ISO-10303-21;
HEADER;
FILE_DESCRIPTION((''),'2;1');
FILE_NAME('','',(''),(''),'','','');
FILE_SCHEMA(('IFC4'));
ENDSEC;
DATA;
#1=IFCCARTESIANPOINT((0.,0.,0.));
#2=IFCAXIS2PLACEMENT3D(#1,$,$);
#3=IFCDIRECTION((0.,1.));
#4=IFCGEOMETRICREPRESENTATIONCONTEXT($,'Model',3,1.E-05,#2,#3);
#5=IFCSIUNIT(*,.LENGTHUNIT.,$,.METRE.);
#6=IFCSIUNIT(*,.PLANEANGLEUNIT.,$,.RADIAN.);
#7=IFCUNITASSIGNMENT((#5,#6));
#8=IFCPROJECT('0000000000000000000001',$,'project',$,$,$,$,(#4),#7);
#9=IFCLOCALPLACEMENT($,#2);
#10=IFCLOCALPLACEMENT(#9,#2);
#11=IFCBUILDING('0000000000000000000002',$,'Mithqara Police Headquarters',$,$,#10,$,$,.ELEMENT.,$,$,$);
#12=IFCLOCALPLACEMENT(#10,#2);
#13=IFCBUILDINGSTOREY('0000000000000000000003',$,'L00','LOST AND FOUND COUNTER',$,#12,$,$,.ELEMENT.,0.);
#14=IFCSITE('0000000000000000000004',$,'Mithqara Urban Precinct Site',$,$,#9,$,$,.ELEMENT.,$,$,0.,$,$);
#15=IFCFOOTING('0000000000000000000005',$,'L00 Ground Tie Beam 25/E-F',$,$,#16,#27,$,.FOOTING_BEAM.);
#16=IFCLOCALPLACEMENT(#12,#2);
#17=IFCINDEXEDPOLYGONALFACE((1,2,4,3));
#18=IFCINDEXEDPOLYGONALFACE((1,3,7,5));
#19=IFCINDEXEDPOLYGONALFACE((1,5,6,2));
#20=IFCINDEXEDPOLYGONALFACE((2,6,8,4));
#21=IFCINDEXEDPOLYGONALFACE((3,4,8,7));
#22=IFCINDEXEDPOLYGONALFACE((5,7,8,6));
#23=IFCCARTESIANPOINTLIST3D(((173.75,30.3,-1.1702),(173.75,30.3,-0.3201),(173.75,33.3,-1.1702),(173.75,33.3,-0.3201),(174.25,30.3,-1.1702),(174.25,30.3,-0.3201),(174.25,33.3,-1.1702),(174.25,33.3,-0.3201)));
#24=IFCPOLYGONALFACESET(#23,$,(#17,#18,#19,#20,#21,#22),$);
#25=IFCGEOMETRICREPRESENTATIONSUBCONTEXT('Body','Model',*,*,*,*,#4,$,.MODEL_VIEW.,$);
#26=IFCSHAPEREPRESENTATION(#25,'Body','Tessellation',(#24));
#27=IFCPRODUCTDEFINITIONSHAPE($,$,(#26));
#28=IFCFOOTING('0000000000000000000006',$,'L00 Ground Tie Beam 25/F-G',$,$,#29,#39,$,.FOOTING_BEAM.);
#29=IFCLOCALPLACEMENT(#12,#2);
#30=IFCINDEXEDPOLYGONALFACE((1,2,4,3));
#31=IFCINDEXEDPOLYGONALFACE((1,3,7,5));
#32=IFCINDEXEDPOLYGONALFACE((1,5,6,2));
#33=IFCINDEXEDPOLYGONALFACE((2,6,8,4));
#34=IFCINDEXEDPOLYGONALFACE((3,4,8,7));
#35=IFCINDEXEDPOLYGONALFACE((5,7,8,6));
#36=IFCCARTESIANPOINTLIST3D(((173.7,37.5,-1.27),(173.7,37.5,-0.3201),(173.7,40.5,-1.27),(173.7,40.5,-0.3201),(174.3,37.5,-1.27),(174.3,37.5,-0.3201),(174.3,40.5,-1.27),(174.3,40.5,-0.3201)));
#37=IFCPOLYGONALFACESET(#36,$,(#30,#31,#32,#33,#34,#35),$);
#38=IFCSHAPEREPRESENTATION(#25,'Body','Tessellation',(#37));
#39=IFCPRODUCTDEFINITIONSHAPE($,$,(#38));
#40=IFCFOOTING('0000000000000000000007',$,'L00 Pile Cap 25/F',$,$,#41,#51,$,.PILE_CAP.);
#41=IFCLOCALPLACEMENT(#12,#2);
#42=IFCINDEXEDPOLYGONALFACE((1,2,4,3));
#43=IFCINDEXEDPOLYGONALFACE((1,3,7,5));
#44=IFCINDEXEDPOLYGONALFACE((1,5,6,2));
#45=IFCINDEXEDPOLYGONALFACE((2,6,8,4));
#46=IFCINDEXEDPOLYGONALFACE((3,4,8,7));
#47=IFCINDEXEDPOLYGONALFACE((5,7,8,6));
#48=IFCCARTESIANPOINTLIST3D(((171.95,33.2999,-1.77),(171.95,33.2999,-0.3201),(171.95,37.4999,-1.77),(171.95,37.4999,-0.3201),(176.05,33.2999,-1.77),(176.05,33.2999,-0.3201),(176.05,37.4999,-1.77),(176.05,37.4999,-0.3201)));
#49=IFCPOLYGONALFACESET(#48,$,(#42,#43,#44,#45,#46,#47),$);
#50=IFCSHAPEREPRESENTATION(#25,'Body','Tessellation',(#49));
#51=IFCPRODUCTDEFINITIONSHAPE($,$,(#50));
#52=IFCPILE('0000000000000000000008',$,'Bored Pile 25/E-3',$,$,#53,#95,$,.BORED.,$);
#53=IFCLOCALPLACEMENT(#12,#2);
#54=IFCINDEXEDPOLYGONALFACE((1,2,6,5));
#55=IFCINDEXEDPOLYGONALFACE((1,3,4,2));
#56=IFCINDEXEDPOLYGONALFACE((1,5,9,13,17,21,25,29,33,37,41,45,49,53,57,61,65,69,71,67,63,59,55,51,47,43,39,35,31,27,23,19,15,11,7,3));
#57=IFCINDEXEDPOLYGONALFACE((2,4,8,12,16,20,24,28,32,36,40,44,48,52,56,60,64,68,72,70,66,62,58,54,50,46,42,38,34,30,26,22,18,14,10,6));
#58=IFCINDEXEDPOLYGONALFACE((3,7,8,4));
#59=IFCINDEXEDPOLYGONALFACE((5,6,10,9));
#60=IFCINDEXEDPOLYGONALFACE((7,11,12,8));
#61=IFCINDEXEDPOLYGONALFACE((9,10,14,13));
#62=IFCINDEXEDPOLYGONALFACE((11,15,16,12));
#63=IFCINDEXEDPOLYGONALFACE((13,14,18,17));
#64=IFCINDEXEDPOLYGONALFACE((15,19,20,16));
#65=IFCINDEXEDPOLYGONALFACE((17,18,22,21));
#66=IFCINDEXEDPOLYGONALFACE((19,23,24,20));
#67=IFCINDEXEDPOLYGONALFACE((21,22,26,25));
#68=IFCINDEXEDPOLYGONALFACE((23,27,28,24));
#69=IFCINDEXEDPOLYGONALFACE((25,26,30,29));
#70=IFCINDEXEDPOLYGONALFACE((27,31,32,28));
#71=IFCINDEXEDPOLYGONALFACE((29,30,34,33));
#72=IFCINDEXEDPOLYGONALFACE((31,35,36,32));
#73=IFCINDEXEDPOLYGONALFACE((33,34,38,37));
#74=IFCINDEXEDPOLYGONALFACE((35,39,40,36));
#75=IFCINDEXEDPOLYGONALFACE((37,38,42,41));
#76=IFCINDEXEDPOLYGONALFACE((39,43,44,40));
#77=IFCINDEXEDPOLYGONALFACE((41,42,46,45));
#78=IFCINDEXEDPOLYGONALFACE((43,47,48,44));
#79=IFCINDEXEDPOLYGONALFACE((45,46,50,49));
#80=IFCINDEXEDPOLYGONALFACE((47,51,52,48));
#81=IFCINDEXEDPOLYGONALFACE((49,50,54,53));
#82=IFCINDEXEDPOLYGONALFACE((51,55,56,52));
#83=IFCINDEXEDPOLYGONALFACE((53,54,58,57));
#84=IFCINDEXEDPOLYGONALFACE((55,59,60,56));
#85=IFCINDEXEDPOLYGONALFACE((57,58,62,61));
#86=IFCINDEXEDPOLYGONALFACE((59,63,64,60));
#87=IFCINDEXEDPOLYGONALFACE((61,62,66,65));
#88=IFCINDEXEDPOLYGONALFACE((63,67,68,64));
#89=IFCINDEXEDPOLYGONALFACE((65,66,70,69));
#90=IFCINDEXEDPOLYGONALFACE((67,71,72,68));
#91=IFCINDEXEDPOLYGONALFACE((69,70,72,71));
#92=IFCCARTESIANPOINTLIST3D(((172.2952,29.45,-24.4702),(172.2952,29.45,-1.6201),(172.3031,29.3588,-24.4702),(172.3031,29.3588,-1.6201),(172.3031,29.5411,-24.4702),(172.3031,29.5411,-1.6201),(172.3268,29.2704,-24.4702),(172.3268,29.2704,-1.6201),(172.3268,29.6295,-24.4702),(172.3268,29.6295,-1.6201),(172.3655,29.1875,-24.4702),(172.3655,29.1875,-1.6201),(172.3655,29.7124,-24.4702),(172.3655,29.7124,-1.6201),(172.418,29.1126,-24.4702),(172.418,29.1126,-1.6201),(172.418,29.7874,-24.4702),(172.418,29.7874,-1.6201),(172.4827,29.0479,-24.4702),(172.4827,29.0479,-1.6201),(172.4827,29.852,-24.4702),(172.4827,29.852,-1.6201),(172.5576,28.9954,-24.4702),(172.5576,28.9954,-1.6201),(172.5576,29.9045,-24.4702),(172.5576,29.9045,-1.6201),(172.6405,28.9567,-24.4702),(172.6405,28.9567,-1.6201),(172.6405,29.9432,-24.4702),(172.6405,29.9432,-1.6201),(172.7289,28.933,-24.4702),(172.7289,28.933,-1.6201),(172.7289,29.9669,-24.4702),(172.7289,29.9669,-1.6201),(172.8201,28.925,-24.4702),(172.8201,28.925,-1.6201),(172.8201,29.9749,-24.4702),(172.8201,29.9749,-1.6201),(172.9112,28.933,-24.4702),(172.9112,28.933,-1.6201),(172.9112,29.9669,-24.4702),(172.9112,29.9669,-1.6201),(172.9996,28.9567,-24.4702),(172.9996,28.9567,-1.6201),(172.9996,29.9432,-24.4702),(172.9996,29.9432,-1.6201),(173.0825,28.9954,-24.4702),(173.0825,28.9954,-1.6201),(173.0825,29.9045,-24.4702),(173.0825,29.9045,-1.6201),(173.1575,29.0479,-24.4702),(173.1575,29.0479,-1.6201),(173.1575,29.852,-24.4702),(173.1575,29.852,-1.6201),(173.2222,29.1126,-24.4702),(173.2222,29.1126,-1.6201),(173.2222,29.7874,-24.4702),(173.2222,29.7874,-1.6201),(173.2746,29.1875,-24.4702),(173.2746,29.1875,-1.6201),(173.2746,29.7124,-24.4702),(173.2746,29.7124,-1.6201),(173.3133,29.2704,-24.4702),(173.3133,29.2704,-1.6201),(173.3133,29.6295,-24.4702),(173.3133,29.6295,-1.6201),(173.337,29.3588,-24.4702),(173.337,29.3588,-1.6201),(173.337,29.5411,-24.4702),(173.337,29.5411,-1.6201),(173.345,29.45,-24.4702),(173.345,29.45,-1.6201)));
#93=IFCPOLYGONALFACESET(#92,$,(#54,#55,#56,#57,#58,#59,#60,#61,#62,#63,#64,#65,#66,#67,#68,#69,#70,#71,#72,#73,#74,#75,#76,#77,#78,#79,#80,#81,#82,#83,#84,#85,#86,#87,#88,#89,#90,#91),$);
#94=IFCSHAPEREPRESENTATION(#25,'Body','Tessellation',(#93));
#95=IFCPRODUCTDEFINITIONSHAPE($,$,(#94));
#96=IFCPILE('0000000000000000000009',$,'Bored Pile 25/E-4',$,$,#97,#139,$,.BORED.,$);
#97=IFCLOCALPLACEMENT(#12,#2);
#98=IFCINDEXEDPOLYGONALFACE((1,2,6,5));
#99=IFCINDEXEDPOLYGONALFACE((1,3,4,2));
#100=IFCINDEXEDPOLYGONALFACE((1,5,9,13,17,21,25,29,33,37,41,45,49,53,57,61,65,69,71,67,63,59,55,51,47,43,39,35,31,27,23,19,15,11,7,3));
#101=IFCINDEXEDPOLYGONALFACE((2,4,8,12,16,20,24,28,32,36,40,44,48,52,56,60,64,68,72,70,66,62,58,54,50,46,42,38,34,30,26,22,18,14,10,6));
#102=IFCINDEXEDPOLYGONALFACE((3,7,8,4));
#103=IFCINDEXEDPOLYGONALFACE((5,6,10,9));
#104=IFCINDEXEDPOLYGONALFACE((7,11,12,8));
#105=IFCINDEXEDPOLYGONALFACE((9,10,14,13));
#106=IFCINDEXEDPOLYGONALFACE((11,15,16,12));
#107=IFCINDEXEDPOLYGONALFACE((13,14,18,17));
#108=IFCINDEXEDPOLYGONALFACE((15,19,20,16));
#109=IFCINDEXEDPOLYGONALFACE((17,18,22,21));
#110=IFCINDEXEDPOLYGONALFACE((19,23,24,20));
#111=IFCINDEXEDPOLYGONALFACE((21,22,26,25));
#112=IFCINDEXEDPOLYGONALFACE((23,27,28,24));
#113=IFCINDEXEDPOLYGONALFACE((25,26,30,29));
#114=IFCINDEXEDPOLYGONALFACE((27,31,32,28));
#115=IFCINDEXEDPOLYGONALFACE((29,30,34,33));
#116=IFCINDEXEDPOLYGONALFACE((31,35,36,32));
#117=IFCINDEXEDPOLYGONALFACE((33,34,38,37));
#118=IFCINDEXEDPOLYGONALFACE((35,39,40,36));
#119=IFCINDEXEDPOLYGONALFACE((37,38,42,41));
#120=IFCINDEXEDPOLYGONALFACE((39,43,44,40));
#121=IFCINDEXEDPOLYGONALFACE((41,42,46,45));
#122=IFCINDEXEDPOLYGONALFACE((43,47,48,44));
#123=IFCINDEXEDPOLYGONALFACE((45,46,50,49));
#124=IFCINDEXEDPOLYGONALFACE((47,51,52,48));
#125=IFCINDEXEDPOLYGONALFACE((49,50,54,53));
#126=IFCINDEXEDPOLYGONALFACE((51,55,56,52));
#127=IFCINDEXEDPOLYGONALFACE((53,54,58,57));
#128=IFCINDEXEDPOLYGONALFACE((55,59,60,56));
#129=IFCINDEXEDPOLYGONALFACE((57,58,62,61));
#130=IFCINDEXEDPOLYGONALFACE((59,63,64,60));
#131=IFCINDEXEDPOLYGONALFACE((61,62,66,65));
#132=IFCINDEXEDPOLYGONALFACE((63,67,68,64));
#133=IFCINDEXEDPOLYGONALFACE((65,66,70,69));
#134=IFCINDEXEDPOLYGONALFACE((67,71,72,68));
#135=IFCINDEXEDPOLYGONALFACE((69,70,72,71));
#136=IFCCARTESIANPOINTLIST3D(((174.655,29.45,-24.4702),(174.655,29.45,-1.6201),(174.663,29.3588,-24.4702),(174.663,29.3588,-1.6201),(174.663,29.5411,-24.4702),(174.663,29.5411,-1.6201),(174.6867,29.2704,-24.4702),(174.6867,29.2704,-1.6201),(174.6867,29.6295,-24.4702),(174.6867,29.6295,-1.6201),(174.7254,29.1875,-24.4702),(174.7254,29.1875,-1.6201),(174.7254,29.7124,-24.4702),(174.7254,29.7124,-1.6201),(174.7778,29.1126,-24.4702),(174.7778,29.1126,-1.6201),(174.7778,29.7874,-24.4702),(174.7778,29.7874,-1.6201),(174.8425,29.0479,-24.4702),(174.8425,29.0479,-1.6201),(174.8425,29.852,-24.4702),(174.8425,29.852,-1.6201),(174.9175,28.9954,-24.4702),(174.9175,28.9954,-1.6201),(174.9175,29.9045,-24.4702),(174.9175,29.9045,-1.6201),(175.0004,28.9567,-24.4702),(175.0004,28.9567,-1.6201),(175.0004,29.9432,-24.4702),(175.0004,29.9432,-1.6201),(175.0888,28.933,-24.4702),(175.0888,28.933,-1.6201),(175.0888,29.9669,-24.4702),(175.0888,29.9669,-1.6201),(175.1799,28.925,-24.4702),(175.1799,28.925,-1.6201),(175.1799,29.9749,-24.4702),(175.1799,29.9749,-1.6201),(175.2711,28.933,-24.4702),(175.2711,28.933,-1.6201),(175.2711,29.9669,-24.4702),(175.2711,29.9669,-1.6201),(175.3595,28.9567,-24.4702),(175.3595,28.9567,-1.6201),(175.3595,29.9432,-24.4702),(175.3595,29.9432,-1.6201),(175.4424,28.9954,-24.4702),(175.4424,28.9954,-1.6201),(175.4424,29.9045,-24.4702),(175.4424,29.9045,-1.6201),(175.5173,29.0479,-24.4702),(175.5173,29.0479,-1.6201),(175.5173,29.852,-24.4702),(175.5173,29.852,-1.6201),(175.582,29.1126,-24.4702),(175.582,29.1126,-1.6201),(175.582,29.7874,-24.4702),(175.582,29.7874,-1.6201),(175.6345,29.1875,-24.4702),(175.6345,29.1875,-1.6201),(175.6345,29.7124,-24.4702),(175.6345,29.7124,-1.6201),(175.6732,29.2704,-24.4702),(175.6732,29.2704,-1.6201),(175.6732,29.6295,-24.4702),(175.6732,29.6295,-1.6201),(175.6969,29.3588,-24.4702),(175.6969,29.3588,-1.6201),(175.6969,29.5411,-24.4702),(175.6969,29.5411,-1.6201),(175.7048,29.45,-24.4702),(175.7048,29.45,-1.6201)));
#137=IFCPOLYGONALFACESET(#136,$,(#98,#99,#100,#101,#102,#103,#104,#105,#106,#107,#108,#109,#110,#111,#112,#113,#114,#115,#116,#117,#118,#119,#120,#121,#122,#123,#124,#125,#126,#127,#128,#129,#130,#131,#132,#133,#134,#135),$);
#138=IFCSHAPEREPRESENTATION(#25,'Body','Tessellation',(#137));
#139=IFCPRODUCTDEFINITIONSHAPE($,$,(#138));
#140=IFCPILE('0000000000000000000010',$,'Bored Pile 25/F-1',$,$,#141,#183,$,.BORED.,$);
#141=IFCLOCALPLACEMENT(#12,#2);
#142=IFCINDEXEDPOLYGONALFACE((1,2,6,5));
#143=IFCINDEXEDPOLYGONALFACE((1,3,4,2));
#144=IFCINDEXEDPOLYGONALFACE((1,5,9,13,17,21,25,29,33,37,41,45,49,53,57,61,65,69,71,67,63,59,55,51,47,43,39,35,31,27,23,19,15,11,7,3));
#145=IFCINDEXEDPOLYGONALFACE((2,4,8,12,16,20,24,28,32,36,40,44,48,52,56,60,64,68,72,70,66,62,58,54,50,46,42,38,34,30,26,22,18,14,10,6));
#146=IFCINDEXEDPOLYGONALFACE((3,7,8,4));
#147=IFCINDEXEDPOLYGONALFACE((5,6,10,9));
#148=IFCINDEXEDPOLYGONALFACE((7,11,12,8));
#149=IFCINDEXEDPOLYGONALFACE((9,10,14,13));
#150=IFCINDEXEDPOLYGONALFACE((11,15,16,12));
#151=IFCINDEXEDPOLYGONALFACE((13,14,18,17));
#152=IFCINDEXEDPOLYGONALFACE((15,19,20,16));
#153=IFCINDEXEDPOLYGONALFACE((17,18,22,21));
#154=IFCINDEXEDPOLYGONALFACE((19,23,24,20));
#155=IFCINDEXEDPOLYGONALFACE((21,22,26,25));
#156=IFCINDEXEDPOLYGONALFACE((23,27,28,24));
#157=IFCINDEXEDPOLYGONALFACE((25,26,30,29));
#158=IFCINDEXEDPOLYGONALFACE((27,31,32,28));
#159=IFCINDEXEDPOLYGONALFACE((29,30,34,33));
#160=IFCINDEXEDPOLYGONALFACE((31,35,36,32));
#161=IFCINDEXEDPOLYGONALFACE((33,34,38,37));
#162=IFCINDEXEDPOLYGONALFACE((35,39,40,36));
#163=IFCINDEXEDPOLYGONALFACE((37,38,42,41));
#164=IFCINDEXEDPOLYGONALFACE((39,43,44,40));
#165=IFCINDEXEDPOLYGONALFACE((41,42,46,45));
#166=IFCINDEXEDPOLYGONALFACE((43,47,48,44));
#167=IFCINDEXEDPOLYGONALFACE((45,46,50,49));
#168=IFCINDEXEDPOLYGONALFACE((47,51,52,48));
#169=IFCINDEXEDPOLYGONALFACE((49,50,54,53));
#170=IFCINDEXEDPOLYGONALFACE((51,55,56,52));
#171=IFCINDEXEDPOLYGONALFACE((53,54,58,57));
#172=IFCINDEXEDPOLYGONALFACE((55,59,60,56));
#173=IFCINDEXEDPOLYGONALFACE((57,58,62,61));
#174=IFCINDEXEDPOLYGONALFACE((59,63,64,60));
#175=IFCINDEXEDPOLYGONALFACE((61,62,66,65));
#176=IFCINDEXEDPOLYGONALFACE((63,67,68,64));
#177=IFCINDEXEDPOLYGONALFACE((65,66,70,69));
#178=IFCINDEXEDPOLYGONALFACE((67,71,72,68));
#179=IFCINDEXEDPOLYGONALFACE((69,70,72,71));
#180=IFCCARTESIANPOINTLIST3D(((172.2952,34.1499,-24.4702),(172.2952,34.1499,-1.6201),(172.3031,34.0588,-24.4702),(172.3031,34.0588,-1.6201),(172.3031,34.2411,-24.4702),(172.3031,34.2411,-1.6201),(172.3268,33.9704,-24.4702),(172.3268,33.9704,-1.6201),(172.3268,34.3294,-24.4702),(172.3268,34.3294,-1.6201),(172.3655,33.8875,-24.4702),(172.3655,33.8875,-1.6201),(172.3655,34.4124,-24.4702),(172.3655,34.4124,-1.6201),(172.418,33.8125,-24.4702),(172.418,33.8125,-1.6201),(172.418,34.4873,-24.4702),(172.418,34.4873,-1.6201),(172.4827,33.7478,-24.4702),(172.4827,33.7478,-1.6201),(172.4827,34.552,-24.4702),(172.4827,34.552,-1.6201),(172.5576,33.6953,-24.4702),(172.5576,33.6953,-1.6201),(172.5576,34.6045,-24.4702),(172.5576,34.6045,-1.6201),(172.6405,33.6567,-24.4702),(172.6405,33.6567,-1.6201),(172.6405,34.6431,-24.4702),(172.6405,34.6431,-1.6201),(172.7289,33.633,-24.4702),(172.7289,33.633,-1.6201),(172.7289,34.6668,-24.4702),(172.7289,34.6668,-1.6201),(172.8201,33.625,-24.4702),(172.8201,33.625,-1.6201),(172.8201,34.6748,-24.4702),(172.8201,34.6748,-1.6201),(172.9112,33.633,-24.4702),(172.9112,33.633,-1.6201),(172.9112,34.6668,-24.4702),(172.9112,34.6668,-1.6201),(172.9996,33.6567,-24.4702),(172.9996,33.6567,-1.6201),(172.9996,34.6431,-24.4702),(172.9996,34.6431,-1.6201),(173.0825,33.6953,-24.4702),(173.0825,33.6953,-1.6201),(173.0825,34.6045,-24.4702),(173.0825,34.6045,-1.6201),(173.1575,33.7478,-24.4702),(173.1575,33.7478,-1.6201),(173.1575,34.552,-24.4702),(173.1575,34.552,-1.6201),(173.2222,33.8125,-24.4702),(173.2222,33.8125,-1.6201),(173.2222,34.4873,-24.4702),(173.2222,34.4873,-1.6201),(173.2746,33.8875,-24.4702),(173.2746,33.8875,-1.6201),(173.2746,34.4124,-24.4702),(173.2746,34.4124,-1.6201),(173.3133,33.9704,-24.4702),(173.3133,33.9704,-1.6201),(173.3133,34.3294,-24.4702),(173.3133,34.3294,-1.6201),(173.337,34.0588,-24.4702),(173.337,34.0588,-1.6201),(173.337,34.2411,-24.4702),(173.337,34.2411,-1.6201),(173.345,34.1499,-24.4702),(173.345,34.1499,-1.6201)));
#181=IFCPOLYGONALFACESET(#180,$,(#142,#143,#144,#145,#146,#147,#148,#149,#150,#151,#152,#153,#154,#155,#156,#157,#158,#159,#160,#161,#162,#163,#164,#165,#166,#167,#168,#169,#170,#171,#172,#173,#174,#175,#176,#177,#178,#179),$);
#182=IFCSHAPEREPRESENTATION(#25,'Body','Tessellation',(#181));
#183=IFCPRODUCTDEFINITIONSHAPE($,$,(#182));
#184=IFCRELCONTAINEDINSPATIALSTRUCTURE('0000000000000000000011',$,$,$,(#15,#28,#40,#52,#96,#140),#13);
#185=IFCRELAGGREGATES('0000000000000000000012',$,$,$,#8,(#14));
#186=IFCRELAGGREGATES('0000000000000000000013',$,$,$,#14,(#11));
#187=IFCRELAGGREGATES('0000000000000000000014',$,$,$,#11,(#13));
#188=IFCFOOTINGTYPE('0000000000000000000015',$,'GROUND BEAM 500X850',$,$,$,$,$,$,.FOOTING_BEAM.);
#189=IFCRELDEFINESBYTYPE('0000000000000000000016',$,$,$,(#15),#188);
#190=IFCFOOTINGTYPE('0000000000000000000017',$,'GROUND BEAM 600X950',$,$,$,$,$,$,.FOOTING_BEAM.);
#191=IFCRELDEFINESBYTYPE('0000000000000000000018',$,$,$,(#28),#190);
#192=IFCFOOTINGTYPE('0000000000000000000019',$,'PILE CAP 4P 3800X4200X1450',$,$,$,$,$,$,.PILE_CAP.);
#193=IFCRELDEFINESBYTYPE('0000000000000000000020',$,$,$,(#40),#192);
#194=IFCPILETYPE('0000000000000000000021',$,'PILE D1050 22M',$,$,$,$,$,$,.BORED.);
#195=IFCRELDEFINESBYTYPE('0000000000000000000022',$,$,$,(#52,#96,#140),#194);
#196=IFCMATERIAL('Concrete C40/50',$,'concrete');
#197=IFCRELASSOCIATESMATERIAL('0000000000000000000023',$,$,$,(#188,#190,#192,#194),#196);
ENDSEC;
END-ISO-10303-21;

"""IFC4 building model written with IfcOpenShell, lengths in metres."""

from ifc_helpers import new_model, si_unit, direction, frame, origin, origin_2d, place, context, subcontext, project, spatial, rectangle, circle, extrude, material, material_profile, profile_set, type_object, element, save


model = new_model("IFC4")

# Units and contexts
model_context = context("Model", 3, precision=1e-05, world=origin(), true_north=direction((0.0, 1.0)))
body_context = subcontext(model_context, "Body", "Model", "MODEL_VIEW")
ifc_project = project(units=[si_unit("LENGTHUNIT", "METRE"), si_unit("PLANEANGLEUNIT", "RADIAN")], contexts=[model_context])

# Site, building, storey
site_placement = place(None, origin())
site = spatial("IfcSite", under=ifc_project, at=site_placement, Name="Mithqara Urban Precinct Site", CompositionType="ELEMENT", RefElevation=0.0)
building_placement = place(site_placement, origin())
building = spatial("IfcBuilding", under=site, at=building_placement, Name="Mithqara Police Headquarters", CompositionType="ELEMENT")
storey_placement = place(building_placement, origin())
storey = spatial("IfcBuildingStorey", under=building, at=storey_placement, Name="L00", Description="LOST AND FOUND COUNTER", CompositionType="ELEMENT", Elevation=0.0)

# Footings
ifc_material_1 = material(Name="Concrete C40/50", Category="concrete")
footing_type_1 = type_object("IfcFootingType", Name="GROUND BEAM 500X850", PredefinedType="FOOTING_BEAM", material=ifc_material_1)
footing_1_placement = place(storey_placement, frame((174.0, 31.8, -1.1702), z_axis=(0.0, 0.0, 1.0), x_axis=(1.0, 0.0, 0.0)))
element("IfcFooting", 1, at=footing_1_placement, inside=storey, type_object=footing_type_1, Name="L00 Ground Tie Beam 25/E-F", PredefinedType="FOOTING_BEAM", context=body_context, shape_type="SweptSolid", body=[
    extrude(rectangle(XDim=0.5, YDim=3.0, at=origin_2d()), origin(), (0.0, 0.0, 1.0), 0.8501),
])
footing_type_2 = type_object("IfcFootingType", Name="GROUND BEAM 600X950", PredefinedType="FOOTING_BEAM", material=ifc_material_1)
footing_2_placement = place(storey_placement, frame((174.0, 39.0, -1.27), z_axis=(0.0, 0.0, 1.0), x_axis=(1.0, 0.0, 0.0)))
element("IfcFooting", 2, at=footing_2_placement, inside=storey, type_object=footing_type_2, Name="L00 Ground Tie Beam 25/F-G", PredefinedType="FOOTING_BEAM", context=body_context, shape_type="SweptSolid", body=[
    extrude(rectangle(XDim=0.6001, YDim=3.0, at=origin_2d()), origin(), (0.0, 0.0, 1.0), 0.95),
])
footing_type_3 = type_object("IfcFootingType", Name="PILE CAP 4P 3800X4200X1450", PredefinedType="PILE_CAP", material=ifc_material_1)
footing_3_placement = place(storey_placement, frame((174.0, 35.3999, -1.77), z_axis=(0.0, 0.0, 1.0), x_axis=(1.0, 0.0, 0.0)))
element("IfcFooting", 3, at=footing_3_placement, inside=storey, type_object=footing_type_3, Name="L00 Pile Cap 25/F", PredefinedType="PILE_CAP", context=body_context, shape_type="SweptSolid", body=[
    extrude(rectangle(XDim=4.1001, YDim=4.2, at=origin_2d()), origin(), (0.0, 0.0, 1.0), 1.45),
])

# Piles
ifc_material_profile_1 = material_profile(ifc_material_1, circle(Radius=0.5249, at=origin_2d()), Name="PILE D1050")
ifc_profile_set_1 = profile_set([ifc_material_profile_1], Name="Concrete C40/50")
pile_type = type_object("IfcPileType", Name="PILE D1050 22M", PredefinedType="BORED", material=ifc_profile_set_1)
for number, where, z_axis, x_axis, name in (
    (4, (172.8201, 29.45, -1.6201), (0.0, 0.0, -1.0), (1.0, 0.0, 0.0), "Bored Pile 25/E-3"),
    (5, (175.1799, 29.45, -1.6201), (0.0, 0.0, -1.0), (1.0, 0.0, 0.0), "Bored Pile 25/E-4"),
    (6, (172.8201, 34.1499, -1.6201), (0.0, 0.0, -1.0), (1.0, 0.0, 0.0), "Bored Pile 25/F-1"),
):
    element("IfcPile", number, at=place(storey_placement, frame(where, z_axis=z_axis, x_axis=x_axis)), inside=storey, type_object=pile_type, Name=name, PredefinedType="BORED", context=body_context, shape_type="SweptSolid", body=[
        extrude(circle(Radius=0.5249, at=origin_2d()), origin(), (0.0, 0.0, 1.0), 22.8501),
    ])

save(model, "model.ifc")
